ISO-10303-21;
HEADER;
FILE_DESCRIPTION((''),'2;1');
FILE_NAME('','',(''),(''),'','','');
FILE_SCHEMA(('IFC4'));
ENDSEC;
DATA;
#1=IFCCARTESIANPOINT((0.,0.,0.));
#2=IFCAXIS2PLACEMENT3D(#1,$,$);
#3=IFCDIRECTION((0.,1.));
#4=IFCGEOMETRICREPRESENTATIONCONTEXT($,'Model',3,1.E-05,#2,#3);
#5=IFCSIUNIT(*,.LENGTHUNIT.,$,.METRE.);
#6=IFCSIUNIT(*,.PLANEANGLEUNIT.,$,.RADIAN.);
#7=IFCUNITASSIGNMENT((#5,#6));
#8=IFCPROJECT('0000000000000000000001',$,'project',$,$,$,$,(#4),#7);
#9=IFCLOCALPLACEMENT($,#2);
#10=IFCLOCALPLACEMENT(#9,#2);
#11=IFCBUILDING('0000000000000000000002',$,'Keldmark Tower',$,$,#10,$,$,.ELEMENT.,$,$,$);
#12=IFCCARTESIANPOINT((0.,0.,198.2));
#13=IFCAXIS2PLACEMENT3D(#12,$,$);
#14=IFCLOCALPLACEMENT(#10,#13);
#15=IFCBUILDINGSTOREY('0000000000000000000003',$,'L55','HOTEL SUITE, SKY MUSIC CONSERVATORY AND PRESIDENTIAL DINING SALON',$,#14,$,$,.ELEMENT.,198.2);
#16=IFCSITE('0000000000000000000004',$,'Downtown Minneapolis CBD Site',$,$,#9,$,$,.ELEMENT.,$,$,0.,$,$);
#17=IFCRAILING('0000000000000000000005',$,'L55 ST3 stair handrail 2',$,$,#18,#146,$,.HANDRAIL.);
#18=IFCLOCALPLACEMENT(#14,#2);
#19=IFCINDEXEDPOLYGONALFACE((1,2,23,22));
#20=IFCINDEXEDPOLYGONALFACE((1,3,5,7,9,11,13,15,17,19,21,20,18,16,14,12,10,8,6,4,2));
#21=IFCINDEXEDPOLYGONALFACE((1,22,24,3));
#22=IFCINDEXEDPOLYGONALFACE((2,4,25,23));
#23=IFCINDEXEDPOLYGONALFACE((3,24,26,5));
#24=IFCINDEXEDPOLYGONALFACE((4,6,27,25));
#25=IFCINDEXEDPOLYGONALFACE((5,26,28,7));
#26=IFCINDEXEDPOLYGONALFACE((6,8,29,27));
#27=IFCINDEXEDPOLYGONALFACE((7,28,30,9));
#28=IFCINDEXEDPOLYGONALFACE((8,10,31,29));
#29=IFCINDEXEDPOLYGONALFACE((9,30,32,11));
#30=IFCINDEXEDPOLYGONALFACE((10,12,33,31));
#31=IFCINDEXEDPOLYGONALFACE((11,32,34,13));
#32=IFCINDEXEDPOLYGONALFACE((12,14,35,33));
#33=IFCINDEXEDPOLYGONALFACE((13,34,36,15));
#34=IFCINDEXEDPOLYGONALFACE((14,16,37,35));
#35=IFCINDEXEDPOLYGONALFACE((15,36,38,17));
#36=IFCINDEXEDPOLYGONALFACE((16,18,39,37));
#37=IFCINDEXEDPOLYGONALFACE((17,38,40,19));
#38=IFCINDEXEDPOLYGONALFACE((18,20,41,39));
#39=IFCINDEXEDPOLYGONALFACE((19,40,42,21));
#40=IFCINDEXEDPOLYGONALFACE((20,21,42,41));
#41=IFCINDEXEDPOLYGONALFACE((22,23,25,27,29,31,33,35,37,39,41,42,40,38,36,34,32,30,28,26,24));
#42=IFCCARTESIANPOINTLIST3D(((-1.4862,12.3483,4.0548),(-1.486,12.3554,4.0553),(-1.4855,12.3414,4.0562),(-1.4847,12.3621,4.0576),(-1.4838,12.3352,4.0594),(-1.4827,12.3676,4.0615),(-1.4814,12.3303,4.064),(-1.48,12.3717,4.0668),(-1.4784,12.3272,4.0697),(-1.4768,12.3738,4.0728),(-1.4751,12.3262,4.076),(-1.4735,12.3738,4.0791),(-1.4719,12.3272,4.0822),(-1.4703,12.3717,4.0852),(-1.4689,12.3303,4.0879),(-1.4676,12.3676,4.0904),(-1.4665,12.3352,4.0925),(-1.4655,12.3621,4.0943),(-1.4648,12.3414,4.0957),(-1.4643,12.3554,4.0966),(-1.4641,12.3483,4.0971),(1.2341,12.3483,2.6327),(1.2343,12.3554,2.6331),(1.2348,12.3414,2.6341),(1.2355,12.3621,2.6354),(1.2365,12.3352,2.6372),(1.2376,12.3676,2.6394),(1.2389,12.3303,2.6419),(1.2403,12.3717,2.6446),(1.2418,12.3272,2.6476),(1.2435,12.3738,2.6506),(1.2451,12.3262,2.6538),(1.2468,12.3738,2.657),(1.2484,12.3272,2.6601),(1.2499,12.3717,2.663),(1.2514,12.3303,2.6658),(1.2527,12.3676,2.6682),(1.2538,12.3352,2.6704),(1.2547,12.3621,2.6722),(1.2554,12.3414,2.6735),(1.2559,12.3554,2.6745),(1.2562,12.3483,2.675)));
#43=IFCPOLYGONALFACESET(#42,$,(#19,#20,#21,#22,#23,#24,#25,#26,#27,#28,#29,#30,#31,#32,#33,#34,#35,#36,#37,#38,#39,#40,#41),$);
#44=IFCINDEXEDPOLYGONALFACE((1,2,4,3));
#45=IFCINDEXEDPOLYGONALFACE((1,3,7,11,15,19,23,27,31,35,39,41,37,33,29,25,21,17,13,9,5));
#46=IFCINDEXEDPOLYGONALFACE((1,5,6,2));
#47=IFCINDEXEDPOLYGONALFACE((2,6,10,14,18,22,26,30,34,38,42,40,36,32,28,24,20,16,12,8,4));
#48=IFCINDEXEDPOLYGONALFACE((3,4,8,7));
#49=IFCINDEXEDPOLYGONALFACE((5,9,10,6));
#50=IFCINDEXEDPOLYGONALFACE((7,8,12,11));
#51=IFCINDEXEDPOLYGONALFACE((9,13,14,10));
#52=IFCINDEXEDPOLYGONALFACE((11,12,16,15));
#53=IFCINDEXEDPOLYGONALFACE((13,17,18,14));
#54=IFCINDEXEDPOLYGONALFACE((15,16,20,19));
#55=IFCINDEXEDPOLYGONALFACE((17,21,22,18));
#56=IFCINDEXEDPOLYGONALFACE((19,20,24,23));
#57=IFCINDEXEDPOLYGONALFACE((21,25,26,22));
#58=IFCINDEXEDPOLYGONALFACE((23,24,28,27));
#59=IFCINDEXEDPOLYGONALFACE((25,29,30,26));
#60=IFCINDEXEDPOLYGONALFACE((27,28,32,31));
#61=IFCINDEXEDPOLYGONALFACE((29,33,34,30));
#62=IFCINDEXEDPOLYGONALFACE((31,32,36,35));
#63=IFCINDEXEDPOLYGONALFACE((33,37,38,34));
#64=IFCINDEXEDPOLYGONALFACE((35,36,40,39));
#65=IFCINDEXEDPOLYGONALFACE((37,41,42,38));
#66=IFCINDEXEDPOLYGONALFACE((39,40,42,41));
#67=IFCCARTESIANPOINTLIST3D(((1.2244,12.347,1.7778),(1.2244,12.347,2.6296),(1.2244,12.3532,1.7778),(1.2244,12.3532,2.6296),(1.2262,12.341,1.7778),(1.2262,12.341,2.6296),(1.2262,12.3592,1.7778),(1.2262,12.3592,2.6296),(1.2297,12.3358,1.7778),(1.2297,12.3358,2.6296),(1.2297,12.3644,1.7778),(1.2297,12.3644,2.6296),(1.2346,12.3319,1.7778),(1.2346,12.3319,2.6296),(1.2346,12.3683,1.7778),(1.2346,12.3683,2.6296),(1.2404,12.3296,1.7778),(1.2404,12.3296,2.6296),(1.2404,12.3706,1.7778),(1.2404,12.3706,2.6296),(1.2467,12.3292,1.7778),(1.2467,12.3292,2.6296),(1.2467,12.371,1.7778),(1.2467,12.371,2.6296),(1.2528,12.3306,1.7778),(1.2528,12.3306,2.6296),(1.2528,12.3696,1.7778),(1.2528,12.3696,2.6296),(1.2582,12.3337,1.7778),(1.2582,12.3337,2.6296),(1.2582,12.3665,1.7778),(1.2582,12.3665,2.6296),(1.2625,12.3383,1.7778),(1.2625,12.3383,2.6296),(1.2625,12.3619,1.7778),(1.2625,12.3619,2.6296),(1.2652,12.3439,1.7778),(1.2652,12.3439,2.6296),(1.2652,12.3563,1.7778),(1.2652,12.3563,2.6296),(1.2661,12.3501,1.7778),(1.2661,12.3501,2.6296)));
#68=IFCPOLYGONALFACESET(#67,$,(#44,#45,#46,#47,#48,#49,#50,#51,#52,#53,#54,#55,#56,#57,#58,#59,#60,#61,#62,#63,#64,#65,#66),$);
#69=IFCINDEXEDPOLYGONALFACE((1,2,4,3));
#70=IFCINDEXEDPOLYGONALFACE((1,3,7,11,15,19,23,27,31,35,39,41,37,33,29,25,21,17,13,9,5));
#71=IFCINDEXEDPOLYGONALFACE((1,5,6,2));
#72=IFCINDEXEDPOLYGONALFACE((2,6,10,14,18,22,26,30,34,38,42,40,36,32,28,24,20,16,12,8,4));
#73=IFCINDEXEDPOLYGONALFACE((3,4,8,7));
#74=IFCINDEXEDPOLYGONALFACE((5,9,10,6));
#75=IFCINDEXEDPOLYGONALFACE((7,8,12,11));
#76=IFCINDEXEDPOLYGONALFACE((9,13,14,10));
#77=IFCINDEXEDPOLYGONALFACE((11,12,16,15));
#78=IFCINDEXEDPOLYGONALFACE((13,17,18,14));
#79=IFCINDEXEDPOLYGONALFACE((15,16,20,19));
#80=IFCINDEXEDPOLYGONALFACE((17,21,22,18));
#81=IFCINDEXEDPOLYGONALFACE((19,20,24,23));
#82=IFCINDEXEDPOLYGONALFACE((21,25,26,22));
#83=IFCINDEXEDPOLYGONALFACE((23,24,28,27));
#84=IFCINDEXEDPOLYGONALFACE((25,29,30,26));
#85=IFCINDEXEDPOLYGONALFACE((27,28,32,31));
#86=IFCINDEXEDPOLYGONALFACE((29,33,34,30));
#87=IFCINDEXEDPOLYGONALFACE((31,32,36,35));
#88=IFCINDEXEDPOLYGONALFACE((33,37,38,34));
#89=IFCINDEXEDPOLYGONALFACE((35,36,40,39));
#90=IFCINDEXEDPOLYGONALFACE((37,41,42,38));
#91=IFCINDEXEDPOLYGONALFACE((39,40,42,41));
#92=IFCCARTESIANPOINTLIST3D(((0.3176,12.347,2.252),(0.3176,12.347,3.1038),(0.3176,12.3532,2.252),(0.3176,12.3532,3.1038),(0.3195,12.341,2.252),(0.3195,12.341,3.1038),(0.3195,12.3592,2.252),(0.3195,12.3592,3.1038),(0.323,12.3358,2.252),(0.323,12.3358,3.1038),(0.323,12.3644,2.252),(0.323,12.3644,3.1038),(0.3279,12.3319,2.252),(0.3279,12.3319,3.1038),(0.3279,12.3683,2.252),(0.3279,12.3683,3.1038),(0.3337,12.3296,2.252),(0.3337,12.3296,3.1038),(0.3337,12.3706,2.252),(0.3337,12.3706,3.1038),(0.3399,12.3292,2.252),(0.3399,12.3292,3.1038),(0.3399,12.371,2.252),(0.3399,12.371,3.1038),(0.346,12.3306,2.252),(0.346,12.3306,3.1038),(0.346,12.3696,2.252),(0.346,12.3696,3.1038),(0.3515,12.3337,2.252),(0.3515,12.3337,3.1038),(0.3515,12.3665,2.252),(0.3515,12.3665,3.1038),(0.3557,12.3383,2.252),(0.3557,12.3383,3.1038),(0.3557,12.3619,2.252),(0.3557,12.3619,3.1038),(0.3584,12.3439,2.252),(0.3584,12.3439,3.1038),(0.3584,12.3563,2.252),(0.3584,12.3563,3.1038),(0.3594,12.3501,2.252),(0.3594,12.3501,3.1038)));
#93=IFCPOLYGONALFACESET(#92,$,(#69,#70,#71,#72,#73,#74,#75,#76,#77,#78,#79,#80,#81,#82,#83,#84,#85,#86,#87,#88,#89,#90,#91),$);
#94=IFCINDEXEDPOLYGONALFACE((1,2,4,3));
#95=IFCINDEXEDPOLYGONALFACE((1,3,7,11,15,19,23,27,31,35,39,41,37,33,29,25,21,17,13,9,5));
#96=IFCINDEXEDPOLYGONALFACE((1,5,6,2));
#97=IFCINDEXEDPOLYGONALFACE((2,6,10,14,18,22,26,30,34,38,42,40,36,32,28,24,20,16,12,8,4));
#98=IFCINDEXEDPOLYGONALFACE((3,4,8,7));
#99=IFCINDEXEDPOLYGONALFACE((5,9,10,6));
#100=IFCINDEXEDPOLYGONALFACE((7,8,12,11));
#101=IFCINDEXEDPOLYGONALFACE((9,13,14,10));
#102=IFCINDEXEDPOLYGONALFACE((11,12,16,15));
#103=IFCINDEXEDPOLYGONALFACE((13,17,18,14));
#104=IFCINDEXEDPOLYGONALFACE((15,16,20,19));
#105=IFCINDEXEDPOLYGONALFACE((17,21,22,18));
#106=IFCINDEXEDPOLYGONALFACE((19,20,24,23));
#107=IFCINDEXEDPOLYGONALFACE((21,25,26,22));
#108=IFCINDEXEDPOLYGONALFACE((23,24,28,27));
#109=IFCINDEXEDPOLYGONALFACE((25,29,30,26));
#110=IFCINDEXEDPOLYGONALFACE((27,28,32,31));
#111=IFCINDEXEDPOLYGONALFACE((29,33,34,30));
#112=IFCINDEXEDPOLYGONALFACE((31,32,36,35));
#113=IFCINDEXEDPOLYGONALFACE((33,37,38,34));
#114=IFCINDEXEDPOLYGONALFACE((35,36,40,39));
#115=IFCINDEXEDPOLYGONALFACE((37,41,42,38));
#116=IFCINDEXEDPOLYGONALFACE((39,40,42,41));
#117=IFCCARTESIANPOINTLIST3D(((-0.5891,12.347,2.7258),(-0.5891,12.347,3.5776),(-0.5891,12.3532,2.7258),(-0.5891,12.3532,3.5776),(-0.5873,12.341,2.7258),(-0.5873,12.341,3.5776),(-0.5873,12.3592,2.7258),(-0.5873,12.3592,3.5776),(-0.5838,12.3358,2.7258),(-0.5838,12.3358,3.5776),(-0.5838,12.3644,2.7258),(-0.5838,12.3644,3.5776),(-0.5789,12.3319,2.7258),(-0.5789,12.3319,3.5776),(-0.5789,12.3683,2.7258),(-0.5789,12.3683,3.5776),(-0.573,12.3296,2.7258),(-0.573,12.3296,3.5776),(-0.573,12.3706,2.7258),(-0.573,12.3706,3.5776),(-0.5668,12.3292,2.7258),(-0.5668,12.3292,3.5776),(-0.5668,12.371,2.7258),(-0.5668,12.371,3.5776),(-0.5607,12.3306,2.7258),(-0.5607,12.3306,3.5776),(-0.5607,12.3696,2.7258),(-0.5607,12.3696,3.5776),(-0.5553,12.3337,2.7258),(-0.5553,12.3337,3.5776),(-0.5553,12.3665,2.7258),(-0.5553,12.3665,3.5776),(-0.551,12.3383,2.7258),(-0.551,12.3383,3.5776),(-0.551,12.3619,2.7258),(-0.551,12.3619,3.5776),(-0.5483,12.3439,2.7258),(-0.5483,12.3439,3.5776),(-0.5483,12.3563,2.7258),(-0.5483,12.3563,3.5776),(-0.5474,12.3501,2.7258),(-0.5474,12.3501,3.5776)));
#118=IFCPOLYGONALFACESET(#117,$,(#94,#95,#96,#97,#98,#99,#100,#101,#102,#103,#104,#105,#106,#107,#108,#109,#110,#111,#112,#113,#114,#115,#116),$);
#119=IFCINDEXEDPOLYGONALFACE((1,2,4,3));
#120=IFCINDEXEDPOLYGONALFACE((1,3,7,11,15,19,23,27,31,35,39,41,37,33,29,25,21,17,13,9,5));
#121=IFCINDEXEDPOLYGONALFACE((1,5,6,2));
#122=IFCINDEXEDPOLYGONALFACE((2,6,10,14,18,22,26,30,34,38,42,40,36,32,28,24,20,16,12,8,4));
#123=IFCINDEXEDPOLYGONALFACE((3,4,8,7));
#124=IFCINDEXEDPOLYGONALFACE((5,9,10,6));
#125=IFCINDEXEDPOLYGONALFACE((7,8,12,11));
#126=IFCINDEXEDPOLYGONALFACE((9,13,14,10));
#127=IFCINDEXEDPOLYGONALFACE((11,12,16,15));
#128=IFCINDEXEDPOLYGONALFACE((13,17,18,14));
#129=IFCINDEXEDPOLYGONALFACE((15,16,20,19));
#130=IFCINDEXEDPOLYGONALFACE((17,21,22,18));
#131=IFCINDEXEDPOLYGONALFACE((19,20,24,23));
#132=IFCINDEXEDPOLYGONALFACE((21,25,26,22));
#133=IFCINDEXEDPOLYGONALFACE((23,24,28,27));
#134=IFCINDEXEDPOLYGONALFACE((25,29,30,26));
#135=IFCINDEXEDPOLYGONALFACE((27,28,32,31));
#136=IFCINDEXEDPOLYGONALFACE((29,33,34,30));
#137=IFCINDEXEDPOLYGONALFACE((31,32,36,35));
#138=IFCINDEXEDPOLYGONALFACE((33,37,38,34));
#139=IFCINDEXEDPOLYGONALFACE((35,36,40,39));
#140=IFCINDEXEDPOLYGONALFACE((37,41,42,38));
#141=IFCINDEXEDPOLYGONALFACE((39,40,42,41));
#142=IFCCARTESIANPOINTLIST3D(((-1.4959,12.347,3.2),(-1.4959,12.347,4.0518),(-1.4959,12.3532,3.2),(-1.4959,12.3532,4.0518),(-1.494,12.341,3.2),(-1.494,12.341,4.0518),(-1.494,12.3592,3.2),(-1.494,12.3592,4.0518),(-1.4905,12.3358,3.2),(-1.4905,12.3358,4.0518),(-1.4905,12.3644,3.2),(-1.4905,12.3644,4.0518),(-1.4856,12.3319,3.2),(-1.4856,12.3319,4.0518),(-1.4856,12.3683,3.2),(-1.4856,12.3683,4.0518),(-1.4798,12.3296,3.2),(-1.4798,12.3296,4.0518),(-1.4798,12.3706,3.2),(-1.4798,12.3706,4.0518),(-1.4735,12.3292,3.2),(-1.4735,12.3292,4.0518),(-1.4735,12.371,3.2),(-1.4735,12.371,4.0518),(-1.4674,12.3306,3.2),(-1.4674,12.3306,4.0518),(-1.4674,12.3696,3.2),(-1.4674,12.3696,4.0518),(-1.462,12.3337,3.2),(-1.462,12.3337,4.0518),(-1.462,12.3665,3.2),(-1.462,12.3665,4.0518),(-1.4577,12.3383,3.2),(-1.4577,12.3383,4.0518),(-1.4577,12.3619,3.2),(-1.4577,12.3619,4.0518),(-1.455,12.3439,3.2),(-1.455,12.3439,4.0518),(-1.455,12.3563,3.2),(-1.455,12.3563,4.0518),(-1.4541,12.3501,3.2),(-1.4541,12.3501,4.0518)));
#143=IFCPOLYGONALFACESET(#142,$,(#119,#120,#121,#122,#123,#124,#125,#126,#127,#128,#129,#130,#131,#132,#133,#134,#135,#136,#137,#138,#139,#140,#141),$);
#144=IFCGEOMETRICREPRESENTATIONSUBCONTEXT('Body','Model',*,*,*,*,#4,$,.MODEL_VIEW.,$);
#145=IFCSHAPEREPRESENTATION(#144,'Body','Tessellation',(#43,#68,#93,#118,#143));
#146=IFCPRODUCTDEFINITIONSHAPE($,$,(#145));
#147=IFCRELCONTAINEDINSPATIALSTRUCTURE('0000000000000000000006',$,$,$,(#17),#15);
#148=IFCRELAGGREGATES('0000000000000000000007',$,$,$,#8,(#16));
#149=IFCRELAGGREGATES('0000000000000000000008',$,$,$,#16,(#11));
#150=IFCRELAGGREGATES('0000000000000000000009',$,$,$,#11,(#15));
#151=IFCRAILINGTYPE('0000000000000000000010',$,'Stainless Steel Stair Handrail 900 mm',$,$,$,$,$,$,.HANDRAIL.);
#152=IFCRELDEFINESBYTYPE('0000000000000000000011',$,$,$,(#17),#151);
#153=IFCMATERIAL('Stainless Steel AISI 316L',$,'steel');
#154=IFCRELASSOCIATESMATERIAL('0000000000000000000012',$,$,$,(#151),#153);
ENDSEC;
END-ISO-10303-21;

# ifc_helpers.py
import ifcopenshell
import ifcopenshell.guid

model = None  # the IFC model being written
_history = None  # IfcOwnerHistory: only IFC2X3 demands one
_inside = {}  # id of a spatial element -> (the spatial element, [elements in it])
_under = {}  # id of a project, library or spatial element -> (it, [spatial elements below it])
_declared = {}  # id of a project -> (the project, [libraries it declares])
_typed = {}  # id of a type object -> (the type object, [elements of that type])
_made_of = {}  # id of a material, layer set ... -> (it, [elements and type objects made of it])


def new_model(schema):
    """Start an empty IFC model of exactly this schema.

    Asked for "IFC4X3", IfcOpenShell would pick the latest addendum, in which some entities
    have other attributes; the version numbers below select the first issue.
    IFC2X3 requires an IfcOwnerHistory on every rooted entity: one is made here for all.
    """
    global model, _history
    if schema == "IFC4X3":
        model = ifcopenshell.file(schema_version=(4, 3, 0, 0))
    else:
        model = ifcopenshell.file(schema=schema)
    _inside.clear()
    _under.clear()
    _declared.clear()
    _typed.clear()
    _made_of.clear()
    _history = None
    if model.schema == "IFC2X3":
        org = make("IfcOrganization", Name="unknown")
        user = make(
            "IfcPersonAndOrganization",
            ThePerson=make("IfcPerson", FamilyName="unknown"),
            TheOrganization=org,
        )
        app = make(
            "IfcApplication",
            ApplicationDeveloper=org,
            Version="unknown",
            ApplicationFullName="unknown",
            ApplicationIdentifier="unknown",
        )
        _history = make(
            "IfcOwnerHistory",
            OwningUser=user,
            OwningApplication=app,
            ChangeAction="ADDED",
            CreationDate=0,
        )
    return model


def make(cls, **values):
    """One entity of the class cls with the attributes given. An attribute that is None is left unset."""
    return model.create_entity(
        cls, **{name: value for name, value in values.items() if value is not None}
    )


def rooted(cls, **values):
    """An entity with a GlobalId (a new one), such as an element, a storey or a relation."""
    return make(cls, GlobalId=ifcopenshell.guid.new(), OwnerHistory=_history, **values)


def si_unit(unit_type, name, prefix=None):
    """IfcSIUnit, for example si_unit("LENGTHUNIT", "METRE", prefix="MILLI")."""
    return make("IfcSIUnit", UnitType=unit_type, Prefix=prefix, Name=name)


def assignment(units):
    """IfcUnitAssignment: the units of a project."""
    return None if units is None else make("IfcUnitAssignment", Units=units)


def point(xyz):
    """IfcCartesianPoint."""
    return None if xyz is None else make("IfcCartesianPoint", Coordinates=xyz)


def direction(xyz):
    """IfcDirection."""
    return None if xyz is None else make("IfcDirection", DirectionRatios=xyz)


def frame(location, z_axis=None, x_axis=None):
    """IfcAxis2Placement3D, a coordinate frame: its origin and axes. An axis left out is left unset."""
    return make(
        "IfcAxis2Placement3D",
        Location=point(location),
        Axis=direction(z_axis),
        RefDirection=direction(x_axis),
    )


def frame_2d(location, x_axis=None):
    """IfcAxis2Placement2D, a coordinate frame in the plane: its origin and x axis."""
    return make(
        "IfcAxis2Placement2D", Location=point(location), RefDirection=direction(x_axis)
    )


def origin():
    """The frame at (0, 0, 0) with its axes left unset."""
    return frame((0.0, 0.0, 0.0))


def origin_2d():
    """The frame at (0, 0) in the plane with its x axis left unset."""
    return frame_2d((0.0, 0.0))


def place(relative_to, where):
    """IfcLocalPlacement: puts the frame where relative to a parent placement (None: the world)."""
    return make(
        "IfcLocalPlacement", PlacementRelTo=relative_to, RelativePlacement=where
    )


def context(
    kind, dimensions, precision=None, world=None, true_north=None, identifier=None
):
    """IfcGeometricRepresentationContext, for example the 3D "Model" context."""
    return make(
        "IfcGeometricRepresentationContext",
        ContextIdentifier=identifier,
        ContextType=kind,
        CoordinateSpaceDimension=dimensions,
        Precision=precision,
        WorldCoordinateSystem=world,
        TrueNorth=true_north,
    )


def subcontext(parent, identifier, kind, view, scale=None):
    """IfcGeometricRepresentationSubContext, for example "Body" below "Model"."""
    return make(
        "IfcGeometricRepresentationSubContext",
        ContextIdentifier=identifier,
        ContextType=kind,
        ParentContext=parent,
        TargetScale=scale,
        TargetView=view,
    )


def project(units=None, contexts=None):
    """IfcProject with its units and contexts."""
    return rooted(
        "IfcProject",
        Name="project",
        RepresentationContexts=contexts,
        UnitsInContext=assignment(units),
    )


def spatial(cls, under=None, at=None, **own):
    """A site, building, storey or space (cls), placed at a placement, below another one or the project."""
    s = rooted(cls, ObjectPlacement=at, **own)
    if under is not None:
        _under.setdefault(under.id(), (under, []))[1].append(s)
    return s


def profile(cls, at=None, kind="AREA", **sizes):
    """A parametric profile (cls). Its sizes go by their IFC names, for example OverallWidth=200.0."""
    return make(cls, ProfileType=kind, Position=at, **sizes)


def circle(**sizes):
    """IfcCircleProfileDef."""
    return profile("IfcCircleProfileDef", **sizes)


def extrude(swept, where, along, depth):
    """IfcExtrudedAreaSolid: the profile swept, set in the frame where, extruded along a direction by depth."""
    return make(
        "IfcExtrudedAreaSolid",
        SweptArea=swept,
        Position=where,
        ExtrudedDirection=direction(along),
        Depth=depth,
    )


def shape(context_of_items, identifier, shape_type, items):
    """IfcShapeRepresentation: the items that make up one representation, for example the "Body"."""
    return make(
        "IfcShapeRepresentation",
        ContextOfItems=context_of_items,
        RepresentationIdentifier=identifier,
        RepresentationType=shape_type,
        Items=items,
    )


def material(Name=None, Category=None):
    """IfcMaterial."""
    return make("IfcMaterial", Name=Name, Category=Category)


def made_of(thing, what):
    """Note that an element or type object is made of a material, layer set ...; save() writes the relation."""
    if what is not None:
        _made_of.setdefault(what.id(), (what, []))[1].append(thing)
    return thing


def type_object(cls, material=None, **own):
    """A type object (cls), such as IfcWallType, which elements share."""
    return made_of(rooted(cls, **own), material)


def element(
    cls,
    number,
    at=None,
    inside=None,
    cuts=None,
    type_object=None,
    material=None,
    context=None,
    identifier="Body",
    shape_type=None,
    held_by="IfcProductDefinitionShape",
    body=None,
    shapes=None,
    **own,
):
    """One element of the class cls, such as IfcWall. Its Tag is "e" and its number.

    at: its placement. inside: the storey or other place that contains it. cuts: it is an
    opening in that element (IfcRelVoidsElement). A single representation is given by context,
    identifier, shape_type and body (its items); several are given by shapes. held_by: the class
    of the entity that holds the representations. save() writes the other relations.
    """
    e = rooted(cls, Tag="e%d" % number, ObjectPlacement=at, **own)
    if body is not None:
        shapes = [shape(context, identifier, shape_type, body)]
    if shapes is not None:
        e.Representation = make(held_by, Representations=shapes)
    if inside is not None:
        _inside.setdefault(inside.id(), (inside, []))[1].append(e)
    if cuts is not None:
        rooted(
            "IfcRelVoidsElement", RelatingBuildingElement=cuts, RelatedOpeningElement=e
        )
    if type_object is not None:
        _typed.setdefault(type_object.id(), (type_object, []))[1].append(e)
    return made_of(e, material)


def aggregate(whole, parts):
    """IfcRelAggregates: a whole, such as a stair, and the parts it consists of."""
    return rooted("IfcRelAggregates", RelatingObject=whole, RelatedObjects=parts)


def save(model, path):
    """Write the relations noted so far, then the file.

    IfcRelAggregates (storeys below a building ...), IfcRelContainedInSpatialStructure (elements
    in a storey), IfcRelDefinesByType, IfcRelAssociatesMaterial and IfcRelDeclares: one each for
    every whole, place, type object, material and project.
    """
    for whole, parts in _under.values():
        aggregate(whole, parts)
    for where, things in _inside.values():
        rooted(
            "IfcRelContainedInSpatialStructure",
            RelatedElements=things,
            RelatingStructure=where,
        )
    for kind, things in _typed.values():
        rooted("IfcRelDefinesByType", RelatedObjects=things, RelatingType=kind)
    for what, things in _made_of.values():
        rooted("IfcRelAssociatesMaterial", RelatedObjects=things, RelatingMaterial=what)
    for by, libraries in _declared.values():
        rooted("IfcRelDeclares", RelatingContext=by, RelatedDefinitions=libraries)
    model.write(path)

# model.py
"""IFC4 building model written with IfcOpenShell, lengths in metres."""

from ifc_helpers import new_model, si_unit, direction, frame, origin, origin_2d, place, context, subcontext, project, spatial, circle, extrude, material, type_object, element, save


model = new_model("IFC4")

# Units and contexts
model_context = context("Model", 3, precision=1e-05, world=origin(), true_north=direction((0.0, 1.0)))
body_context = subcontext(model_context, "Body", "Model", "MODEL_VIEW")
ifc_project = project(units=[si_unit("LENGTHUNIT", "METRE"), si_unit("PLANEANGLEUNIT", "RADIAN")], contexts=[model_context])

# Site, building, storey
site_placement = place(None, origin())
site = spatial("IfcSite", under=ifc_project, at=site_placement, Name="Downtown Minneapolis CBD Site", CompositionType="ELEMENT", RefElevation=0.0)
building_placement = place(site_placement, origin())
building = spatial("IfcBuilding", under=site, at=building_placement, Name="Keldmark Tower", CompositionType="ELEMENT")
storey_placement = place(building_placement, frame((0.0, 0.0, 198.2)))
storey = spatial("IfcBuildingStorey", under=building, at=storey_placement, Name="L55", Description="HOTEL SUITE, SKY MUSIC CONSERVATORY AND PRESIDENTIAL DINING SALON", CompositionType="ELEMENT", Elevation=198.2)

# Railing
ifc_material_1 = material(Name="Stainless Steel AISI 316L", Category="steel")
railing_type_1 = type_object("IfcRailingType", Name="Stainless Steel Stair Handrail 900 mm", PredefinedType="HANDRAIL", material=ifc_material_1)
railing_1_placement = place(storey_placement, frame((1.2451, 12.3501, 1.7778)))
element("IfcRailing", 1, at=railing_1_placement, inside=storey, type_object=railing_type_1, Name="L55 ST3 stair handrail 2", PredefinedType="HANDRAIL", context=body_context, shape_type="SweptSolid", body=[
    extrude(circle(Radius=0.0239, at=origin_2d()), frame((0.0, 0.0, 0.876), z_axis=(-0.8862, 0.0, 0.463302), x_axis=(0.0, -1.0, 0.0)), (0.0, 0.0, 1.0), 3.0696),
    extrude(circle(Radius=0.021, at=origin_2d()), origin(), (0.0, 0.0, 1.0), 0.8518),
    extrude(circle(Radius=0.021, at=origin_2d()), frame((-0.9067, 0.0, 0.4741)), (0.0, 0.0, 1.0), 0.8518),
    extrude(circle(Radius=0.021, at=origin_2d()), frame((-1.8135, 0.0, 0.948)), (0.0, 0.0, 1.0), 0.8518),
    extrude(circle(Radius=0.021, at=origin_2d()), frame((-2.7202, 0.0, 1.4221)), (0.0, 0.0, 1.0), 0.8518),
])

save(model, "model.ifc")
